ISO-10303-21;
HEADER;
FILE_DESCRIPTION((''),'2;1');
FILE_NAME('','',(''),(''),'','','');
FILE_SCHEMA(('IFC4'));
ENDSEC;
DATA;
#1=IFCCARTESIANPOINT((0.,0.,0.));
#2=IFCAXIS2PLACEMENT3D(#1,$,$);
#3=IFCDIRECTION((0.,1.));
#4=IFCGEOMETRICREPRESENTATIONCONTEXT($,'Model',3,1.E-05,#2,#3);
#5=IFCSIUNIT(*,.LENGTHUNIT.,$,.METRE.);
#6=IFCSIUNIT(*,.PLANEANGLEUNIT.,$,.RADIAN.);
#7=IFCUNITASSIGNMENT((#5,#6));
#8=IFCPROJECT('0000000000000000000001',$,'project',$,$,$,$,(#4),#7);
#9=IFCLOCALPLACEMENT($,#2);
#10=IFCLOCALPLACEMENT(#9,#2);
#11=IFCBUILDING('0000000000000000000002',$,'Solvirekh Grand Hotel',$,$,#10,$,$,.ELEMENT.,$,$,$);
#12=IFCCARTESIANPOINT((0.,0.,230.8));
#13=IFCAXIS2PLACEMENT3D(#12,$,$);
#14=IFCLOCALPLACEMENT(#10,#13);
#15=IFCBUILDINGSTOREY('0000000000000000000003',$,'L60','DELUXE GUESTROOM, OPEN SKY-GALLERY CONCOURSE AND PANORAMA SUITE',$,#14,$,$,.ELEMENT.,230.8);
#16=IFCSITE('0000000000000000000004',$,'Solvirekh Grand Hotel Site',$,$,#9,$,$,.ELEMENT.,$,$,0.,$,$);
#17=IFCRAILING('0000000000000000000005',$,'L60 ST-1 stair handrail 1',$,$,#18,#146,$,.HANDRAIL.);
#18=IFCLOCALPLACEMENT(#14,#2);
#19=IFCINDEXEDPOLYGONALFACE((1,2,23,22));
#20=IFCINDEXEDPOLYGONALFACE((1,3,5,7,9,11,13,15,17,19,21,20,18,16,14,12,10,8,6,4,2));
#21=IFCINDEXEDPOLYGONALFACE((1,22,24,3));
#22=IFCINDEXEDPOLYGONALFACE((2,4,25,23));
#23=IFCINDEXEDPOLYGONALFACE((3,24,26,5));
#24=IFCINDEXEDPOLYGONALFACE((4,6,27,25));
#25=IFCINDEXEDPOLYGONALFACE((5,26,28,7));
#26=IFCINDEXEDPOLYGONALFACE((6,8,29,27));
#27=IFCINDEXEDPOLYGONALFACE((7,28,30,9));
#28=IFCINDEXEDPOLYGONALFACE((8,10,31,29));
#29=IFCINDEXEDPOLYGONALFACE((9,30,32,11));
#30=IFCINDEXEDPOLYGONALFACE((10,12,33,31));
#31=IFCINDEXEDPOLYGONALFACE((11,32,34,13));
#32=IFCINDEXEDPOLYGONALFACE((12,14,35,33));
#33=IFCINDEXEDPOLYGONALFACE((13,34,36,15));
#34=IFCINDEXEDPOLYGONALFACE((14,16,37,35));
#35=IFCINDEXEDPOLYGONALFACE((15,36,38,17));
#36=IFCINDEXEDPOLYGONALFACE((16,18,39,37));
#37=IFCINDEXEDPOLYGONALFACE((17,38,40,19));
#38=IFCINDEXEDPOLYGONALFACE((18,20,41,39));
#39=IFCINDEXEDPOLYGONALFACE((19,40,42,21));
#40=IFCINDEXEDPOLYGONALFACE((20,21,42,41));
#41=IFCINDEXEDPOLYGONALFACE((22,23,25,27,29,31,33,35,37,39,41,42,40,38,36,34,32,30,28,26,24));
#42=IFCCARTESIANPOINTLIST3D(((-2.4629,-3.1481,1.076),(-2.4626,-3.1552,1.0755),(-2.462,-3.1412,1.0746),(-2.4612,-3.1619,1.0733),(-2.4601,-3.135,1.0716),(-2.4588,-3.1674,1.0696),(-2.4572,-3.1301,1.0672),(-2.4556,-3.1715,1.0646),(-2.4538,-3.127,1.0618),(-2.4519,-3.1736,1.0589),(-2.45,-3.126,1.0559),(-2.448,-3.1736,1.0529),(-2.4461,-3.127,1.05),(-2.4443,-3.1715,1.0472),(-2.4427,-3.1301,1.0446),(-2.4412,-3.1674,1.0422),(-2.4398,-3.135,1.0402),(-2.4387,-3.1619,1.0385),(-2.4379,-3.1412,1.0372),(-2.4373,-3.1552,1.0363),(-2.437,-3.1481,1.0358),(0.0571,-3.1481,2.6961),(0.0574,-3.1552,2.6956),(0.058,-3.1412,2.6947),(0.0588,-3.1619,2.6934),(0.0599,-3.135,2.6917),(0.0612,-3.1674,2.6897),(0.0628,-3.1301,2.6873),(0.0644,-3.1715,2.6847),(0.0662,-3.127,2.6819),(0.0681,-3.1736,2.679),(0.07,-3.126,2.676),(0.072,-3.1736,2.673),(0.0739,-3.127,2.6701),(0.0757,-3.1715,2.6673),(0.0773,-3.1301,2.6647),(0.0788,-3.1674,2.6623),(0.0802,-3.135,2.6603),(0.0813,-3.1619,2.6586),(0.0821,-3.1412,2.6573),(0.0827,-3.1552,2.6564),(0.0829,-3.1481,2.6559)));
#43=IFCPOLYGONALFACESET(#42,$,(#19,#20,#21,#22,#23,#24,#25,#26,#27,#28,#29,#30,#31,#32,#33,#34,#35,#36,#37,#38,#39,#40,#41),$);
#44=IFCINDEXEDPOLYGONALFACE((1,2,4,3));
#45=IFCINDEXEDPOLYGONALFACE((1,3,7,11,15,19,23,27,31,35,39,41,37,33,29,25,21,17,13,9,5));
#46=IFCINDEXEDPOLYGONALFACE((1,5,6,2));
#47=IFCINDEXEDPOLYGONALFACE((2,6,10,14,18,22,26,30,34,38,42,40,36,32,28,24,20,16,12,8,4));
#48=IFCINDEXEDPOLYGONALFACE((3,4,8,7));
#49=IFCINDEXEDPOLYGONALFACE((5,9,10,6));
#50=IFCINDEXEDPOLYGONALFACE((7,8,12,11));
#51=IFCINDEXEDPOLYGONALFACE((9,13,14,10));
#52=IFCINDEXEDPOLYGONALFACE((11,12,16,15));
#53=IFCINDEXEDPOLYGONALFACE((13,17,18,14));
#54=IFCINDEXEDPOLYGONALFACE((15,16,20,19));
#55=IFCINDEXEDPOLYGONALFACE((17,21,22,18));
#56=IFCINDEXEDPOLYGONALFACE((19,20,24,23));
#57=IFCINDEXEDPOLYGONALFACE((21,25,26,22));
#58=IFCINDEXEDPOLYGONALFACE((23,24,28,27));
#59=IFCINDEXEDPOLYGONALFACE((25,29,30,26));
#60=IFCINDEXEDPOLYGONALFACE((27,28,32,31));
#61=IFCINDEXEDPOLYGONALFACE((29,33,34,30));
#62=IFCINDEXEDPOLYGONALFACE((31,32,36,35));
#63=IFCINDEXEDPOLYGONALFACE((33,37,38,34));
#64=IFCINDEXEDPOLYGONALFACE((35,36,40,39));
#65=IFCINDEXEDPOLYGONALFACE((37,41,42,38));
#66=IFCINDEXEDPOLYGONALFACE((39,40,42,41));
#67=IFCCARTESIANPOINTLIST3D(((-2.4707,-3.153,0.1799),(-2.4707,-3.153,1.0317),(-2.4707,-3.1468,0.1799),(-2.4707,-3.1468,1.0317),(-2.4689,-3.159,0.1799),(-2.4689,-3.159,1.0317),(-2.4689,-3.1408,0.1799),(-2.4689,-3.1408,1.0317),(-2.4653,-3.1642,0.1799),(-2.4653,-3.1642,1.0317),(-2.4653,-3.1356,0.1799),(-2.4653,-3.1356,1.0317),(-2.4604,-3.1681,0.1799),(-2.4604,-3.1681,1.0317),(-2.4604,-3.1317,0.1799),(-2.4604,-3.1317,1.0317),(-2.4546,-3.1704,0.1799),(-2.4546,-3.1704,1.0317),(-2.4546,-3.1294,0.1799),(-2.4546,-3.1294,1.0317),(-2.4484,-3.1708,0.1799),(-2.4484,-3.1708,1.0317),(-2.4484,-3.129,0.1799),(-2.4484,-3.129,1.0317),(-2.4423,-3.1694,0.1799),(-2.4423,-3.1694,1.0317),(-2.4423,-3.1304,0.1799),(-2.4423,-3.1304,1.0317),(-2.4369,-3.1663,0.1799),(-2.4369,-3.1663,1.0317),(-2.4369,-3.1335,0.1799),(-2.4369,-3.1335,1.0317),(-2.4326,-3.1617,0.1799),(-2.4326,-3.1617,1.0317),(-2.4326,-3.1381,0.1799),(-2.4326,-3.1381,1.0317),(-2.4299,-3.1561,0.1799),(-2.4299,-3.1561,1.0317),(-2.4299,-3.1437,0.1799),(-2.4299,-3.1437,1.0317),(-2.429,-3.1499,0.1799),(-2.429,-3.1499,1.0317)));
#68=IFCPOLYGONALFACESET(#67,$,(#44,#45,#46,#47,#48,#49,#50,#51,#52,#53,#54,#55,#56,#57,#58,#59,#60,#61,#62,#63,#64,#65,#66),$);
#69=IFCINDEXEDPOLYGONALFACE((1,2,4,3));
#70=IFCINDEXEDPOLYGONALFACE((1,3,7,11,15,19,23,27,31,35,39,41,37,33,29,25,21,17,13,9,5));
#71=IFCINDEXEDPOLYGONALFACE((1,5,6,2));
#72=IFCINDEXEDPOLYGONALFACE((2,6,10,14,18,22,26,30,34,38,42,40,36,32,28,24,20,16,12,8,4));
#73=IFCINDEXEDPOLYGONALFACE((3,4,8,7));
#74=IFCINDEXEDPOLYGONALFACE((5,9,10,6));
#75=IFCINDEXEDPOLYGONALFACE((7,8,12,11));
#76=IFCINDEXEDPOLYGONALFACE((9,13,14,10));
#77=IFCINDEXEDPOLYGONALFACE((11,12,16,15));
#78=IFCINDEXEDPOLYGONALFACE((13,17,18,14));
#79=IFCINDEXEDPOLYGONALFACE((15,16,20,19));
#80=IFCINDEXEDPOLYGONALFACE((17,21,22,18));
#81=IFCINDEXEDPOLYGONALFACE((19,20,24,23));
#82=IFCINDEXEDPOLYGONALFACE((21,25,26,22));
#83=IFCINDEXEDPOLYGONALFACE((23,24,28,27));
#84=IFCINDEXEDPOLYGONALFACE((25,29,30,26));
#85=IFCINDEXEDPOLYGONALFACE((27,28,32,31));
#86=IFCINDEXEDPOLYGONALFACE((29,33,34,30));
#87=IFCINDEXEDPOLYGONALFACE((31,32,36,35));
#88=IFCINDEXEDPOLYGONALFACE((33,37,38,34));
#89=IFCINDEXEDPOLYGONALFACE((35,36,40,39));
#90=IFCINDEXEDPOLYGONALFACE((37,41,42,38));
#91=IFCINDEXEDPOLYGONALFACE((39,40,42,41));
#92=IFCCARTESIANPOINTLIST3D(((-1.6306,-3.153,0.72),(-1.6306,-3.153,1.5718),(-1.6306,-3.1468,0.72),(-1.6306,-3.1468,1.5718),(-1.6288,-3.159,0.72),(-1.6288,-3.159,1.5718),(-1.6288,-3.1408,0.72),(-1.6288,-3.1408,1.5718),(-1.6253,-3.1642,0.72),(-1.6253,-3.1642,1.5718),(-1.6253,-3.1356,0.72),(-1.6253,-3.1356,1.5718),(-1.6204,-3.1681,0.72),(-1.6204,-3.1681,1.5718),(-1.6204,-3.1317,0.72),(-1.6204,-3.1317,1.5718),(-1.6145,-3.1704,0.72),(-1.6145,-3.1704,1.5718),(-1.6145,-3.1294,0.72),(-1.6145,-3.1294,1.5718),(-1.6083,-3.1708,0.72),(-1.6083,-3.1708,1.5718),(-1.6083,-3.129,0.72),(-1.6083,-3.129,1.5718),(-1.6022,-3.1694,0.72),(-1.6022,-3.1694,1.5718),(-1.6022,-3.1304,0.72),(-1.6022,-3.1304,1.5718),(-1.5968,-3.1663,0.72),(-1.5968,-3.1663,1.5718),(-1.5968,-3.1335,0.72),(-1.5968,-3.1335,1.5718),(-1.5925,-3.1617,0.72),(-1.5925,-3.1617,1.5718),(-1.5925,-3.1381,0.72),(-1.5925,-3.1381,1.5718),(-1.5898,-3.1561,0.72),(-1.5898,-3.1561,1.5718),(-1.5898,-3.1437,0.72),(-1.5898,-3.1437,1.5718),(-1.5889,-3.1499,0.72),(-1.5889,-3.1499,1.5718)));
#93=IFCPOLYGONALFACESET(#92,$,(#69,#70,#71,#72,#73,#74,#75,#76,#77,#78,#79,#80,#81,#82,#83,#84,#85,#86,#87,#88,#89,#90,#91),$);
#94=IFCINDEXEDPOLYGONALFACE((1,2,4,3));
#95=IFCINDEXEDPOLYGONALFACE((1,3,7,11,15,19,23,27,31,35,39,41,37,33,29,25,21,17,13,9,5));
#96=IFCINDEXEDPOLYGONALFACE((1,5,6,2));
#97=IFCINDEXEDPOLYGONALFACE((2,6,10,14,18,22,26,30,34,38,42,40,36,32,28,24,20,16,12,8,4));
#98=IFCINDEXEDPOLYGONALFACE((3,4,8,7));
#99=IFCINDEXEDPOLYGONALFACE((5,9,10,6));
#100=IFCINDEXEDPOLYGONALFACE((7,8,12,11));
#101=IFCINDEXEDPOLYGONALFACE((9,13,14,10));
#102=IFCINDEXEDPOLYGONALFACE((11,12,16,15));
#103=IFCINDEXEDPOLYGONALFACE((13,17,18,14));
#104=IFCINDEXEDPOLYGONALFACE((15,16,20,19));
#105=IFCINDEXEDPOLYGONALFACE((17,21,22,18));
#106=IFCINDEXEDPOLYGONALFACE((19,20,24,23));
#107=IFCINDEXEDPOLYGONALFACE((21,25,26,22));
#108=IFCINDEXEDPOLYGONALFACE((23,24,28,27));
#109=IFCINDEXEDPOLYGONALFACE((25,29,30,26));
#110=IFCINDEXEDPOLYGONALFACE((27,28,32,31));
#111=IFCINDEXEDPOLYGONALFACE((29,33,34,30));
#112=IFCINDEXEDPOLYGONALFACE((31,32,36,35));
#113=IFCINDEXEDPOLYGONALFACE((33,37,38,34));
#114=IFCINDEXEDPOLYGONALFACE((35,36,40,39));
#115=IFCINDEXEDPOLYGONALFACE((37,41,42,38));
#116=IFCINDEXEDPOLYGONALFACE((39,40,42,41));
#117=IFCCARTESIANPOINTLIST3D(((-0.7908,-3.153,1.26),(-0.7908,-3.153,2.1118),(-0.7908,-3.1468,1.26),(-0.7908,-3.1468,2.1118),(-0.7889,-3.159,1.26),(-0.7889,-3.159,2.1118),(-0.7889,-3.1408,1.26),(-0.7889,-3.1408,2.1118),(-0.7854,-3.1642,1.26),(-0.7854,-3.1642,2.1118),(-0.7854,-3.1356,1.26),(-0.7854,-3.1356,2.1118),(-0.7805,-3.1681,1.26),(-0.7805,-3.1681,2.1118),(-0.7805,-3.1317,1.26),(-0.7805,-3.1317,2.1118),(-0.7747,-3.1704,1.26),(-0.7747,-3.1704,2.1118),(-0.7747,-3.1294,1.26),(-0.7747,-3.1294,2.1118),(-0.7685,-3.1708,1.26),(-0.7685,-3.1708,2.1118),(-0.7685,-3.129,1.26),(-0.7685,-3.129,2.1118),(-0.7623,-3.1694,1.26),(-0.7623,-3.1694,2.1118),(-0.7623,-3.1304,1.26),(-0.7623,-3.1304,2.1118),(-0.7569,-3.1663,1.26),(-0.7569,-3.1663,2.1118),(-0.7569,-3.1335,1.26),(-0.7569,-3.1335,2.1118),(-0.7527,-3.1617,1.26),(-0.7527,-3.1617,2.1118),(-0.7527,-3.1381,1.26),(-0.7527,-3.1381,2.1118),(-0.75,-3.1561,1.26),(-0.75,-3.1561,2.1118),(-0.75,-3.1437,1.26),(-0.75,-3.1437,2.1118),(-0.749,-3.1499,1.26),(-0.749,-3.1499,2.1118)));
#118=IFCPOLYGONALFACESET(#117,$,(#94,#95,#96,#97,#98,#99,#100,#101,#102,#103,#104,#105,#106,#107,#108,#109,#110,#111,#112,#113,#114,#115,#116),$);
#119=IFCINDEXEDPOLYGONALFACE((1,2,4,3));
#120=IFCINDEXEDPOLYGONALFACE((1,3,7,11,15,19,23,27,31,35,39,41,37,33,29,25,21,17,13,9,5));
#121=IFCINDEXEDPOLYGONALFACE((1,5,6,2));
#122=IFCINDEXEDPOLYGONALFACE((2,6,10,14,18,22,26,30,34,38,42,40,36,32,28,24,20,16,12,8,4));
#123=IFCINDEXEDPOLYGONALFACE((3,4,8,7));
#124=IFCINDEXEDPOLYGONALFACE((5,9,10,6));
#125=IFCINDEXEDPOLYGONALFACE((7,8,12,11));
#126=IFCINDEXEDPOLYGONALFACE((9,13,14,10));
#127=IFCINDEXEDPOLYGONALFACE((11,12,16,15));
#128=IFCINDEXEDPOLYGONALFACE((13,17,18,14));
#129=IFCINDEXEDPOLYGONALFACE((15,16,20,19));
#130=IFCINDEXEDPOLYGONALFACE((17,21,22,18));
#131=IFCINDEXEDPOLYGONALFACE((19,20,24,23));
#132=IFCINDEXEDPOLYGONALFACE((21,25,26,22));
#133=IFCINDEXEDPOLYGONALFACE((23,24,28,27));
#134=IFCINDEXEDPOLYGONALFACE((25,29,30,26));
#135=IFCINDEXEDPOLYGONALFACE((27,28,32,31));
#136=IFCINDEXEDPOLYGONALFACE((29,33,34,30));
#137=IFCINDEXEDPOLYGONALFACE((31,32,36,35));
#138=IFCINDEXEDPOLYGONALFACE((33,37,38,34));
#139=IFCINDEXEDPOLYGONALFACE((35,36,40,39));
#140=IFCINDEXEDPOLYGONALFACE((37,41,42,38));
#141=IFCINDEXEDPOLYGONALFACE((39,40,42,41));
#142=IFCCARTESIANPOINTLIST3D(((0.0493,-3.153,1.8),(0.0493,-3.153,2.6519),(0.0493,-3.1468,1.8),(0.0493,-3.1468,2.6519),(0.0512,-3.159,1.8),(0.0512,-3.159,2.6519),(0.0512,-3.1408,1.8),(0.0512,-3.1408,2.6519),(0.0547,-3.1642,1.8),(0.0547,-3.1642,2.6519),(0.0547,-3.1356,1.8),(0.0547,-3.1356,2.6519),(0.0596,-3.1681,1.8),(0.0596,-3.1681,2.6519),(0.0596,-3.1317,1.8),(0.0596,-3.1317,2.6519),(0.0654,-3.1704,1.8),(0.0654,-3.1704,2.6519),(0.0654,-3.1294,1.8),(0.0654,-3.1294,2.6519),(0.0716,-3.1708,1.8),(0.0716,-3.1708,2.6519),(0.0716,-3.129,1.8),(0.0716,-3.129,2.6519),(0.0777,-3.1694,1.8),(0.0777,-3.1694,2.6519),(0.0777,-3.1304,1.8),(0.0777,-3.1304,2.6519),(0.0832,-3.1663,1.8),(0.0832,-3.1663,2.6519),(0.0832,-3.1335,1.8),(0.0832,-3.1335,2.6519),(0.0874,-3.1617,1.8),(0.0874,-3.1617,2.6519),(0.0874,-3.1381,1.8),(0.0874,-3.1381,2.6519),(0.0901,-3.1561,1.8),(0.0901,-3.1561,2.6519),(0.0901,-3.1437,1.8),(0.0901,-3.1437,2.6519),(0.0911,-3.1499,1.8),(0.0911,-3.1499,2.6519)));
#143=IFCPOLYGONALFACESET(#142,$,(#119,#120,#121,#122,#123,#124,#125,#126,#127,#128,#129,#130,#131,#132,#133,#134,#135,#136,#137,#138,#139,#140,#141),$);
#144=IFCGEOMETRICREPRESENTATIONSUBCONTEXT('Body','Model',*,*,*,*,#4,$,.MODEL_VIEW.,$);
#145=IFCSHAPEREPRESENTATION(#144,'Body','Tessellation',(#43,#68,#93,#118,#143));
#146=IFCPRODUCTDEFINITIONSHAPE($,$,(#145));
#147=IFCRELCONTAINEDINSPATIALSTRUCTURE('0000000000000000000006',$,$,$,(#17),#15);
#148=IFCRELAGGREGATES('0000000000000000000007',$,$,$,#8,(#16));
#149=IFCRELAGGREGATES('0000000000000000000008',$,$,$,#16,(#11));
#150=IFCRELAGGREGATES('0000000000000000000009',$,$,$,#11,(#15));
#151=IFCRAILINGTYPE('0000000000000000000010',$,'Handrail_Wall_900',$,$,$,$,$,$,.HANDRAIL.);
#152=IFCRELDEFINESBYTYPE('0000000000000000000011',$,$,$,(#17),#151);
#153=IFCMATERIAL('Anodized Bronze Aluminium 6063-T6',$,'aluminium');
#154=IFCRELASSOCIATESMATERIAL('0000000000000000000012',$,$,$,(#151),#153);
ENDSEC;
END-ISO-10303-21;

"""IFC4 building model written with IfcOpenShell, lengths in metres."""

from ifc_helpers import new_model, si_unit, direction, frame, origin, origin_2d, place, context, subcontext, project, spatial, circle, extrude, material, type_object, element, save


model = new_model("IFC4")

# Units and contexts
model_context = context("Model", 3, precision=1e-05, world=origin(), true_north=direction((0.0, 1.0)))
body_context = subcontext(model_context, "Body", "Model", "MODEL_VIEW")
ifc_project = project(units=[si_unit("LENGTHUNIT", "METRE"), si_unit("PLANEANGLEUNIT", "RADIAN")], contexts=[model_context])

# Site, building, storey
site_placement = place(None, origin())
site = spatial("IfcSite", under=ifc_project, at=site_placement, Name="Solvirekh Grand Hotel Site", CompositionType="ELEMENT", RefElevation=0.0)
building_placement = place(site_placement, origin())
building = spatial("IfcBuilding", under=site, at=building_placement, Name="Solvirekh Grand Hotel", CompositionType="ELEMENT")
storey_placement = place(building_placement, frame((0.0, 0.0, 230.8)))
storey = spatial("IfcBuildingStorey", under=building, at=storey_placement, Name="L60", Description="DELUXE GUESTROOM, OPEN SKY-GALLERY CONCOURSE AND PANORAMA SUITE", CompositionType="ELEMENT", Elevation=230.8)

# Railing
ifc_material_1 = material(Name="Anodized Bronze Aluminium 6063-T6", Category="aluminium")
railing_type_1 = type_object("IfcRailingType", Name="Handrail_Wall_900", PredefinedType="HANDRAIL", material=ifc_material_1)
railing_1_placement = place(storey_placement, frame((-2.45, -3.1499, 0.1799)))
element("IfcRailing", 1, at=railing_1_placement, inside=storey, type_object=railing_type_1, Name="L60 ST-1 stair handrail 1", PredefinedType="HANDRAIL", context=body_context, shape_type="SweptSolid", body=[
    extrude(circle(Radius=0.0239, at=origin_2d()), frame((0.0, 0.0, 0.876), z_axis=(0.841163, 0.0, 0.540782), x_axis=(0.0, 1.0, 0.0)), (0.0, 0.0, 1.0), 2.9958),
    extrude(circle(Radius=0.021, at=origin_2d()), origin(), (0.0, 0.0, 1.0), 0.8518),
    extrude(circle(Radius=0.021, at=origin_2d()), frame((0.8401, 0.0, 0.54)), (0.0, 0.0, 1.0), 0.8518),
    extrude(circle(Radius=0.021, at=origin_2d()), frame((1.6799, 0.0, 1.0801)), (0.0, 0.0, 1.0), 0.8518),
    extrude(circle(Radius=0.021, at=origin_2d()), frame((2.52, 0.0, 1.6201)), (0.0, 0.0, 1.0), 0.8518),
])

save(model, "model.ifc")
